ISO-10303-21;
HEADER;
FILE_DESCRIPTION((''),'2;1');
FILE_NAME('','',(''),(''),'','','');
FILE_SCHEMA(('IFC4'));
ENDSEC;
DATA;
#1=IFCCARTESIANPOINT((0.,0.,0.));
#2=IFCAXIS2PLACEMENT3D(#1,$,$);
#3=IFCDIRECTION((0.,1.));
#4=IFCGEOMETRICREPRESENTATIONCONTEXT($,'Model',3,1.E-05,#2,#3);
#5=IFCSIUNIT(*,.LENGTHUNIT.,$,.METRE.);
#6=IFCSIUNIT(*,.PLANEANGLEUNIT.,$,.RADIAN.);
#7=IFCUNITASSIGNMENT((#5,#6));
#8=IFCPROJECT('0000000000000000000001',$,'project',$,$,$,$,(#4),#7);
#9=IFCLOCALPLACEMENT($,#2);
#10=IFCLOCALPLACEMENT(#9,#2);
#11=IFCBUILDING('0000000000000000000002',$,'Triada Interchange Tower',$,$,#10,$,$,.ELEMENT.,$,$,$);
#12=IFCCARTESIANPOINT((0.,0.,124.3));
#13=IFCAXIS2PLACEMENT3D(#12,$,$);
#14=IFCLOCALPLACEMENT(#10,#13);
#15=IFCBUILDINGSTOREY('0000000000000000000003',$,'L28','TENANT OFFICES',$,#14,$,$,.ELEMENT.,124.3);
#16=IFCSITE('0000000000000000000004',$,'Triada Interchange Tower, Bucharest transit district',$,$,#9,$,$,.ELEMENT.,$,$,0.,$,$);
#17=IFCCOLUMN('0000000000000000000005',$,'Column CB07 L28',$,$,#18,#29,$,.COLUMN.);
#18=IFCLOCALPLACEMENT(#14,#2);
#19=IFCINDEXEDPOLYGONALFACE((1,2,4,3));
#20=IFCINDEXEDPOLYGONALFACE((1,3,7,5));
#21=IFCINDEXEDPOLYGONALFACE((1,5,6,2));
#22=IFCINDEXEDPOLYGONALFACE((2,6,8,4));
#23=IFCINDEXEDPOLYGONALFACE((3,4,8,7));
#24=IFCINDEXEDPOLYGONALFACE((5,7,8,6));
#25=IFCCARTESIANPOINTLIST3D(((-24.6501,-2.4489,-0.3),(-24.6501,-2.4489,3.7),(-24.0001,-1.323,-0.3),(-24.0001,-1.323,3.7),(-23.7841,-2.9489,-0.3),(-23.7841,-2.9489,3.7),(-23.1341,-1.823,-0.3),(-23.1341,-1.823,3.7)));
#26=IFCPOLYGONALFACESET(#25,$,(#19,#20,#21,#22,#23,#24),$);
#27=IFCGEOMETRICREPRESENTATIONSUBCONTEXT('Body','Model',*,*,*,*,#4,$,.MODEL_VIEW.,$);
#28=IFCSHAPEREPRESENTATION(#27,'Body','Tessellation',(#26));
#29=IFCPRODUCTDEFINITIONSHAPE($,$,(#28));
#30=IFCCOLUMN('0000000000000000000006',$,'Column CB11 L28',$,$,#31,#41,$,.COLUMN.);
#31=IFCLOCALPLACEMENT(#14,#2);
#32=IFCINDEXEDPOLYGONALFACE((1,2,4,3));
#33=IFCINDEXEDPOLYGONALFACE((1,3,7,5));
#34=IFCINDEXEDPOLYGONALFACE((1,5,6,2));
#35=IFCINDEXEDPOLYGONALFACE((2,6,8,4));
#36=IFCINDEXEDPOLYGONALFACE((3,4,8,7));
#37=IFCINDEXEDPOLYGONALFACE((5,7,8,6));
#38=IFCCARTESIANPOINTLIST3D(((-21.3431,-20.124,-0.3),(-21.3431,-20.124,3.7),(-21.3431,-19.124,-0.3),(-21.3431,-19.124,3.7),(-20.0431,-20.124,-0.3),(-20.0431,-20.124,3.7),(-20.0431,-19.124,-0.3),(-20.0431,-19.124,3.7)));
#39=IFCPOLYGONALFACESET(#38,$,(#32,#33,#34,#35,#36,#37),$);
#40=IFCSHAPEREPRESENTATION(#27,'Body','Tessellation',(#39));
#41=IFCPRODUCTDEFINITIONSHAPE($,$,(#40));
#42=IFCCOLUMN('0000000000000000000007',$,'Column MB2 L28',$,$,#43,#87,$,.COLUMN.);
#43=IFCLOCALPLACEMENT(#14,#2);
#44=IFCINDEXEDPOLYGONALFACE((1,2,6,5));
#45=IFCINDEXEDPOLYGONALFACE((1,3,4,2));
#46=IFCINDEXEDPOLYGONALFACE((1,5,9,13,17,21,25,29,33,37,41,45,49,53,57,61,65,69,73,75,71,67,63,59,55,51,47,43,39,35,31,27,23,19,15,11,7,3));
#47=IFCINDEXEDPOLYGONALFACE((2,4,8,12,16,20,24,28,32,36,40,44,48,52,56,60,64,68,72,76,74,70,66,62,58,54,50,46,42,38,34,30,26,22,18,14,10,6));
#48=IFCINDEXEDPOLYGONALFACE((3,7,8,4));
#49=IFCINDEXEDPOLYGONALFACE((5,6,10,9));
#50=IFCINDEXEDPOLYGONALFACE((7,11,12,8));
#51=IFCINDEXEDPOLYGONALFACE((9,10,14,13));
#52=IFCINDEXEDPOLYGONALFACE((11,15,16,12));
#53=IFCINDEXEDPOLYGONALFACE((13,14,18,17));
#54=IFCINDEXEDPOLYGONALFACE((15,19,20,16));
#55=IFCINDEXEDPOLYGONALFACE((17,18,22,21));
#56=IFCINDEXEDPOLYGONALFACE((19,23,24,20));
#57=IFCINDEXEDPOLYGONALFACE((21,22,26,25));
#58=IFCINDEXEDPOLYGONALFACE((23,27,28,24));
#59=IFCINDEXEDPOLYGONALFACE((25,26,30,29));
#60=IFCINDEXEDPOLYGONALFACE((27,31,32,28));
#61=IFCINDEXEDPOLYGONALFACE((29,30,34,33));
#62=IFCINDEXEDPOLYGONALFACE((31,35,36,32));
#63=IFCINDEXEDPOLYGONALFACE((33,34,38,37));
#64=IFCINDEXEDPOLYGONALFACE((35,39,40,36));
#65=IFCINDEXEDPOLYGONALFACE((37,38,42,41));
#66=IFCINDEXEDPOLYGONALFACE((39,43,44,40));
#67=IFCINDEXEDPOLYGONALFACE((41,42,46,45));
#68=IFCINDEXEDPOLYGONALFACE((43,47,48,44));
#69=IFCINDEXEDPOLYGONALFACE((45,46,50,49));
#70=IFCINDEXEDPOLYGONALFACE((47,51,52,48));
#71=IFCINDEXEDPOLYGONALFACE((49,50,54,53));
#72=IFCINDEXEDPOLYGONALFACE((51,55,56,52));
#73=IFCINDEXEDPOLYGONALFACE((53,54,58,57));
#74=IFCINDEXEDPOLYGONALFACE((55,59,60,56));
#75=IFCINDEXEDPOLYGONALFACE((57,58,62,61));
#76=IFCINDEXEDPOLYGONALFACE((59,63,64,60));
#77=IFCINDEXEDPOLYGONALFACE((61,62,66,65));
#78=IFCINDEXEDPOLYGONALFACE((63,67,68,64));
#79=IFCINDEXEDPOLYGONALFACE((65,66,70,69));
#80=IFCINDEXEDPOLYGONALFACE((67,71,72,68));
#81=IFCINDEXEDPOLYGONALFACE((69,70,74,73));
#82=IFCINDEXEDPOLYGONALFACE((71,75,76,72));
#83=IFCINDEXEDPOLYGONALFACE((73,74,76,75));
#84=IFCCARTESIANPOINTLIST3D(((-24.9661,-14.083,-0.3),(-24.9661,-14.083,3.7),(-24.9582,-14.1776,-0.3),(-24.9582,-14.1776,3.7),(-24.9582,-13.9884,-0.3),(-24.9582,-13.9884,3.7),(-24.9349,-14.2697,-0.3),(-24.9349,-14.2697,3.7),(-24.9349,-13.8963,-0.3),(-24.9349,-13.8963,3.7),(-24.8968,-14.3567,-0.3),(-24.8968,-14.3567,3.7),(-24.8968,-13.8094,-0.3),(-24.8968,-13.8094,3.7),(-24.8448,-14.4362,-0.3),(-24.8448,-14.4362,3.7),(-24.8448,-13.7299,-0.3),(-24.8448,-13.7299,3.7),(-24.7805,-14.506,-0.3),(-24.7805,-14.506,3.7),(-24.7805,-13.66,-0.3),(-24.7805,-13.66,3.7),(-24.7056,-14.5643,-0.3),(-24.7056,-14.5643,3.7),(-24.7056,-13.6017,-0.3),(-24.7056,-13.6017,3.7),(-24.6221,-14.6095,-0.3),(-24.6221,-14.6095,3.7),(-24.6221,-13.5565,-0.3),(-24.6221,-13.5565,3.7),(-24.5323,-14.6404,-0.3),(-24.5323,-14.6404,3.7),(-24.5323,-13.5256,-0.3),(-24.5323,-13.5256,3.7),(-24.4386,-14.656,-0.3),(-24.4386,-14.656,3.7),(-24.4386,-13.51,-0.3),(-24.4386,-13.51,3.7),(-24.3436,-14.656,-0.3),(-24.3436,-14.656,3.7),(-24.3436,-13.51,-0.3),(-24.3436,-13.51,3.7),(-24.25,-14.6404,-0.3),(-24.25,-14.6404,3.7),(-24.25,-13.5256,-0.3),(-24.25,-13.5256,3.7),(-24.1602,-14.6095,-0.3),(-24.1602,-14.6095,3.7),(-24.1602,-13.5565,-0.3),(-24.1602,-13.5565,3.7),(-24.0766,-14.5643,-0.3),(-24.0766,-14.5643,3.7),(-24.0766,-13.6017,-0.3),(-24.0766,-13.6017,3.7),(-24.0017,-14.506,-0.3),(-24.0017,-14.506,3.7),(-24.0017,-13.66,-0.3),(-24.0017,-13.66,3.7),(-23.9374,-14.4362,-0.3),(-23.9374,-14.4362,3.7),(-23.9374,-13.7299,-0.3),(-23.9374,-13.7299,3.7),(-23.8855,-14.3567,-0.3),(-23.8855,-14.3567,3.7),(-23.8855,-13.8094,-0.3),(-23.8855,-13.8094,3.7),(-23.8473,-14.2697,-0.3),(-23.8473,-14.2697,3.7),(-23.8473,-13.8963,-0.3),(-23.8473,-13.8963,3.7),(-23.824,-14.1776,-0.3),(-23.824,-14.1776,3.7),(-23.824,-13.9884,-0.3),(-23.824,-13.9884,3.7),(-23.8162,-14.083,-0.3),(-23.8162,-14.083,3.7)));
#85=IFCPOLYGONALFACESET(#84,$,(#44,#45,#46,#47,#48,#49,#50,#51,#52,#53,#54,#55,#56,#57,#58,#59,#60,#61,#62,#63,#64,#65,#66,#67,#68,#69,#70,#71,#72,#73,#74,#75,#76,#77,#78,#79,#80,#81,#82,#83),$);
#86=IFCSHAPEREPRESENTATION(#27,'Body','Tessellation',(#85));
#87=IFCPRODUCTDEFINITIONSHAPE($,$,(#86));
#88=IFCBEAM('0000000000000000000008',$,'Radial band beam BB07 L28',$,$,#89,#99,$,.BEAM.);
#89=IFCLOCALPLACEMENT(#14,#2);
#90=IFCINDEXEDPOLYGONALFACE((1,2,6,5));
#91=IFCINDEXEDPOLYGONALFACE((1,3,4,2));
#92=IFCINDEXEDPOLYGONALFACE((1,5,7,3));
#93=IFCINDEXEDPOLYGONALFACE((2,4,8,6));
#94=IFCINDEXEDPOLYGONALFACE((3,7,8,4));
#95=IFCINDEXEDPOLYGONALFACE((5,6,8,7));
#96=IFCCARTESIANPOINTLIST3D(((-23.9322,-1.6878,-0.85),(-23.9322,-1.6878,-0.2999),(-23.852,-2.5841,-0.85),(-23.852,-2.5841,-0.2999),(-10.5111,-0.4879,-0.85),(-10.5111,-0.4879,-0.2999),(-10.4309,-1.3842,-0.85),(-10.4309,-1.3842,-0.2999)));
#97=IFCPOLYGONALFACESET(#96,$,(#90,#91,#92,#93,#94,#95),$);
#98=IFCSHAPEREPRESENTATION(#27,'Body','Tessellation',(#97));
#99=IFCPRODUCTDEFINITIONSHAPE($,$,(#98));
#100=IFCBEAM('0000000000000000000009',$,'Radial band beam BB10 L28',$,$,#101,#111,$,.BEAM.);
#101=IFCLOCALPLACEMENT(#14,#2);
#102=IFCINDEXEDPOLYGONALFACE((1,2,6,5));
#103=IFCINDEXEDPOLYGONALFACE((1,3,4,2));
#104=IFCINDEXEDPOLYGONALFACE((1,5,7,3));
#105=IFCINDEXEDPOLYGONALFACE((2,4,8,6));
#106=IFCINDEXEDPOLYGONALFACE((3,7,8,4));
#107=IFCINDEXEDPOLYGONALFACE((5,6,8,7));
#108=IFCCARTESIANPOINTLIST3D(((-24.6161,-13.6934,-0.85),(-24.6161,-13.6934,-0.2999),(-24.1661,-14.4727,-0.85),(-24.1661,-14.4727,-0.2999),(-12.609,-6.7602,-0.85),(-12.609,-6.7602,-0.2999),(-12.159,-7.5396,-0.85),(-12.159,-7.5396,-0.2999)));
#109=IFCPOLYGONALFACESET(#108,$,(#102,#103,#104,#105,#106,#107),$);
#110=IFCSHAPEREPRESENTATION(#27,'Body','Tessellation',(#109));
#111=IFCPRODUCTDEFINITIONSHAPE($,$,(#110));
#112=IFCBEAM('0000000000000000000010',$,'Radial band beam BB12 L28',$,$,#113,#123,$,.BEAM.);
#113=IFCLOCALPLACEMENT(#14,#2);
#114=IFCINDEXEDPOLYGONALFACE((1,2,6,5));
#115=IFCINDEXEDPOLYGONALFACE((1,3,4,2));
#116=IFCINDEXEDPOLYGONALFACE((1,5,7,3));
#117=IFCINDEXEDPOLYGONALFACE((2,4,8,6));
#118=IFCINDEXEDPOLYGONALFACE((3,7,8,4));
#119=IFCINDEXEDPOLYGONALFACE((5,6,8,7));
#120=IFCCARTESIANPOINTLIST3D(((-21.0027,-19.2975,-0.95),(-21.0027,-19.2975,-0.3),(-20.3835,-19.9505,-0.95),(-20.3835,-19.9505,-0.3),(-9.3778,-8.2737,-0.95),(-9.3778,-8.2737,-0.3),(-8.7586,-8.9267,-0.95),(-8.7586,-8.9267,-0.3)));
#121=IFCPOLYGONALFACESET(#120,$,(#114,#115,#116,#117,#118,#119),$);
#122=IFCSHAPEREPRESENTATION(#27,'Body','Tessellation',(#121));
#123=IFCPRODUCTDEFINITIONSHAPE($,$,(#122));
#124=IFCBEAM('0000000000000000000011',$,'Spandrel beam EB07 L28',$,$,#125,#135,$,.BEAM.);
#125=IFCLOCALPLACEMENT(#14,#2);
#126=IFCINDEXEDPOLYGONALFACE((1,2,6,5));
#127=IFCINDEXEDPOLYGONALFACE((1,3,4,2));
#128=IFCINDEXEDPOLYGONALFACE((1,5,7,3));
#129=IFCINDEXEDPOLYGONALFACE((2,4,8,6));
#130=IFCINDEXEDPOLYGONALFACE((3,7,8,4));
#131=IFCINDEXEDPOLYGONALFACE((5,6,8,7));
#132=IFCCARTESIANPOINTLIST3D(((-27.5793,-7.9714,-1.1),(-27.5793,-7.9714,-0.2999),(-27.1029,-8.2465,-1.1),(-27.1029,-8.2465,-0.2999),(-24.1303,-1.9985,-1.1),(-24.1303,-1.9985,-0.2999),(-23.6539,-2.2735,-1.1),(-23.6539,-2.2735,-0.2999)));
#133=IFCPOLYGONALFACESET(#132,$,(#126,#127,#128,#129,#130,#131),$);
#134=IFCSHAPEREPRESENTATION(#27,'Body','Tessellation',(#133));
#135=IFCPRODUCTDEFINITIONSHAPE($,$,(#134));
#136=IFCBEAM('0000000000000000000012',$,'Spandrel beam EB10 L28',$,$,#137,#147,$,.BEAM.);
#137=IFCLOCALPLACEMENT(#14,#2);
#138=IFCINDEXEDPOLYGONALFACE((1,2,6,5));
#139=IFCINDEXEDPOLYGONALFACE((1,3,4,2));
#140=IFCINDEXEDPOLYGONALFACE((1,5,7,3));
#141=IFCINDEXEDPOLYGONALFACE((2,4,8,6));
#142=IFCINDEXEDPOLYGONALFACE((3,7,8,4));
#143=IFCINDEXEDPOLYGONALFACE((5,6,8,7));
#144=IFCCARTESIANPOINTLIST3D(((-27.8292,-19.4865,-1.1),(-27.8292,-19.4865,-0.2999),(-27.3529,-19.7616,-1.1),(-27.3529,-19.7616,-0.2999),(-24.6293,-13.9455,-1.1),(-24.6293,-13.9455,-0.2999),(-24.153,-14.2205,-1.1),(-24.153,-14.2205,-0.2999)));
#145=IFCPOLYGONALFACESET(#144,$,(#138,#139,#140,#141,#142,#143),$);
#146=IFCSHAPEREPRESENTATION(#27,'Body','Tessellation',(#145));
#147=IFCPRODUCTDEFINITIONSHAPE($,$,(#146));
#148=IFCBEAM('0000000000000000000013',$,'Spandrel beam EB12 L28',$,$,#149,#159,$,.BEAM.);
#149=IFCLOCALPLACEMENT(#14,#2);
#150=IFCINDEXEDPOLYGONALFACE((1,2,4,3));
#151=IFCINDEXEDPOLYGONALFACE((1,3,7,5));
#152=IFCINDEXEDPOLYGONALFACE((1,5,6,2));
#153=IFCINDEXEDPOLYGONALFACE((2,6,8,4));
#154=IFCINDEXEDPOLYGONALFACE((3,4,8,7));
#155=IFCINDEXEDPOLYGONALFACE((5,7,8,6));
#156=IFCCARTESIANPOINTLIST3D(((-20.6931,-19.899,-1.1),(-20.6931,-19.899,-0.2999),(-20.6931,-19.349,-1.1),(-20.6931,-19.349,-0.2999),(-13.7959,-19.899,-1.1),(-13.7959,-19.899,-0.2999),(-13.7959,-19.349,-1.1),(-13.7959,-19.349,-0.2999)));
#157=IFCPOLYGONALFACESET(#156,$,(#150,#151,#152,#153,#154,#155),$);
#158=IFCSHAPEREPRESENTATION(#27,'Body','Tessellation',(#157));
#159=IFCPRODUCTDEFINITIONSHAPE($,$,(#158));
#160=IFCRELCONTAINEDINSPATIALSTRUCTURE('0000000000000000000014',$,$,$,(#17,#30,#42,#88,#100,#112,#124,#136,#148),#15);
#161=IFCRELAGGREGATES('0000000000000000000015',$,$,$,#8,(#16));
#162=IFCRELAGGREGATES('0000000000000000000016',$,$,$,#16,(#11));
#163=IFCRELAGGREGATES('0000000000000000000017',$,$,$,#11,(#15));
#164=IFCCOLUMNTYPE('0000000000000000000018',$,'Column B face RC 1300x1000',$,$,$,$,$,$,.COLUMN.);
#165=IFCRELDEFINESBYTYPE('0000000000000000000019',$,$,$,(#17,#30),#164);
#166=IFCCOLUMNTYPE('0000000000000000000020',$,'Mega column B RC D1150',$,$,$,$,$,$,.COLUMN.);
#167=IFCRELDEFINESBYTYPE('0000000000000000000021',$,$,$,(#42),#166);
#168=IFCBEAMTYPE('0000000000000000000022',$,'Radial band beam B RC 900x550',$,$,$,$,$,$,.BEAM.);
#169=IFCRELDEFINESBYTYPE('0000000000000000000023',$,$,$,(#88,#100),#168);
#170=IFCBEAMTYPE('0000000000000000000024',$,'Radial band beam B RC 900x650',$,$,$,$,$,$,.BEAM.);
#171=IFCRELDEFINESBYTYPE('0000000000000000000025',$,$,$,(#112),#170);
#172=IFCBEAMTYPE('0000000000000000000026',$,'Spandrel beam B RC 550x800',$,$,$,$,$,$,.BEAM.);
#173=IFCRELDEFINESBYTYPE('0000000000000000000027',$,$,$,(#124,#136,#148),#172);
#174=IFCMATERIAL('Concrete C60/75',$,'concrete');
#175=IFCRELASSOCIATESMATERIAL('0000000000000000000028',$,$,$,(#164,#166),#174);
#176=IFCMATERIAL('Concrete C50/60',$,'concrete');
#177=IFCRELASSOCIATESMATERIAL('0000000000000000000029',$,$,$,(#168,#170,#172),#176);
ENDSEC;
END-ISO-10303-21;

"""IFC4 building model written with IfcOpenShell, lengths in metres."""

from ifc_helpers import new_model, si_unit, direction, frame, origin, origin_2d, place, context, subcontext, project, spatial, rectangle, circle, extrude, material, material_profile, profile_set, type_object, element, save


model = new_model("IFC4")

# Units and contexts
model_context = context("Model", 3, precision=1e-05, world=origin(), true_north=direction((0.0, 1.0)))
body_context = subcontext(model_context, "Body", "Model", "MODEL_VIEW")
ifc_project = project(units=[si_unit("LENGTHUNIT", "METRE"), si_unit("PLANEANGLEUNIT", "RADIAN")], contexts=[model_context])

# Site, building, storey
site_placement = place(None, origin())
site = spatial("IfcSite", under=ifc_project, at=site_placement, Name="Triada Interchange Tower, Bucharest transit district", CompositionType="ELEMENT", RefElevation=0.0)
building_placement = place(site_placement, origin())
building = spatial("IfcBuilding", under=site, at=building_placement, Name="Triada Interchange Tower", CompositionType="ELEMENT")
storey_placement = place(building_placement, frame((0.0, 0.0, 124.3)))
storey = spatial("IfcBuildingStorey", under=building, at=storey_placement, Name="L28", Description="TENANT OFFICES", CompositionType="ELEMENT", Elevation=124.3)

# Columns
ifc_material_1 = material(Name="Concrete C60/75", Category="concrete")
ifc_material_profile_1 = material_profile(ifc_material_1, rectangle(XDim=1.3, YDim=1.0, at=origin_2d()), Name="RC 1300x1000")
ifc_profile_set_1 = profile_set([ifc_material_profile_1], Name="Concrete C60/75")
column_type_1 = type_object("IfcColumnType", Name="Column B face RC 1300x1000", PredefinedType="COLUMN", material=ifc_profile_set_1)
for number, where, z_axis, x_axis, name in (
    (1, (-23.8921, -2.136, -0.3), (0.0, 0.0, 1.0), (0.5, 0.866025, 0.0), "Column CB07 L28"),
    (2, (-20.6931, -19.624, -0.3), (0.0, 0.0, 1.0), (1.0, 0.0, 0.0), "Column CB11 L28"),
):
    element("IfcColumn", number, at=place(storey_placement, frame(where, z_axis=z_axis, x_axis=x_axis)), inside=storey, type_object=column_type_1, Name=name, PredefinedType="COLUMN", context=body_context, shape_type="SweptSolid", body=[
        extrude(rectangle(XDim=1.3, YDim=1.0, at=origin_2d()), origin(), (0.0, 0.0, 1.0), 4.0),
    ])
ifc_material_profile_2 = material_profile(ifc_material_1, circle(Radius=0.575, at=origin_2d()), Name="RC D1150")
ifc_profile_set_2 = profile_set([ifc_material_profile_2], Name="Concrete C60/75")
column_type_2 = type_object("IfcColumnType", Name="Mega column B RC D1150", PredefinedType="COLUMN", material=ifc_profile_set_2)
column_placement = place(storey_placement, frame((-24.3911, -14.083, -0.3), z_axis=(0.0, 0.0, 1.0), x_axis=(1.0, 0.0, 0.0)))
element("IfcColumn", 3, at=column_placement, inside=storey, type_object=column_type_2, Name="Column MB2 L28", PredefinedType="COLUMN", context=body_context, shape_type="SweptSolid", body=[
    extrude(circle(Radius=0.575, at=origin_2d()), origin(), (0.0, 0.0, 1.0), 4.0),
])

# Beams
ifc_material_2 = material(Name="Concrete C50/60", Category="concrete")
ifc_material_profile_3 = material_profile(ifc_material_2, rectangle(XDim=0.8999, YDim=0.55, at=origin_2d()), Name="RC 900x550")
ifc_profile_set_3 = profile_set([ifc_material_profile_3], Name="Concrete C50/60")
beam_type_1 = type_object("IfcBeamType", Name="Radial band beam B RC 900x550", PredefinedType="BEAM", material=ifc_profile_set_3)
beam_1_placement = place(storey_placement, frame((-23.8921, -2.136, -0.575), z_axis=(0.996027, 0.089052, 0.0), x_axis=(-0.089052, 0.996027, 0.0)))
element("IfcBeam", 4, at=beam_1_placement, inside=storey, type_object=beam_type_1, Name="Radial band beam BB07 L28", PredefinedType="BEAM", context=body_context, shape_type="SweptSolid", body=[
    extrude(rectangle(XDim=0.8999, YDim=0.55, at=origin_2d()), origin(), (0.0, 0.0, 1.0), 13.4746),
])
beam_2_placement = place(storey_placement, frame((-24.3911, -14.083, -0.575), z_axis=(0.866, 0.500044, 0.0), x_axis=(-0.500044, 0.866, 0.0)))
element("IfcBeam", 5, at=beam_2_placement, inside=storey, type_object=beam_type_1, Name="Radial band beam BB10 L28", PredefinedType="BEAM", context=body_context, shape_type="SweptSolid", body=[
    extrude(rectangle(XDim=0.8999, YDim=0.55, at=origin_2d()), origin(), (0.0, 0.0, 1.0), 13.865),
])
ifc_material_profile_4 = material_profile(ifc_material_2, rectangle(XDim=0.8999, YDim=0.6499, at=origin_2d()), Name="RC 900x650")
ifc_profile_set_4 = profile_set([ifc_material_profile_4], Name="Concrete C50/60")
beam_type_2 = type_object("IfcBeamType", Name="Radial band beam B RC 900x650", PredefinedType="BEAM", material=ifc_profile_set_4)
beam_3_placement = place(storey_placement, frame((-20.6931, -19.624, -0.625), z_axis=(0.725617, 0.688099, 0.0), x_axis=(-0.688099, 0.725617, 0.0)))
element("IfcBeam", 6, at=beam_3_placement, inside=storey, type_object=beam_type_2, Name="Radial band beam BB12 L28", PredefinedType="BEAM", context=body_context, shape_type="SweptSolid", body=[
    extrude(rectangle(XDim=0.8999, YDim=0.6499, at=origin_2d()), origin(), (0.0, 0.0, 1.0), 16.0208),
])
ifc_material_profile_5 = material_profile(ifc_material_2, rectangle(XDim=0.55, YDim=0.8, at=origin_2d()), Name="RC 550x800")
ifc_profile_set_5 = profile_set([ifc_material_profile_5], Name="Concrete C50/60")
beam_type_3 = type_object("IfcBeamType", Name="Spandrel beam B RC 550x800", PredefinedType="BEAM", material=ifc_profile_set_5)
beam_4_placement = place(storey_placement, frame((-23.8921, -2.136, -0.7), z_axis=(-0.500056, -0.865993, 0.0), x_axis=(0.865993, -0.500056, 0.0)))
element("IfcBeam", 7, at=beam_4_placement, inside=storey, type_object=beam_type_3, Name="Spandrel beam EB07 L28", PredefinedType="BEAM", context=body_context, shape_type="SweptSolid", body=[
    extrude(rectangle(XDim=0.55, YDim=0.8, at=origin_2d()), origin(), (0.0, 0.0, 1.0), 6.8972),
])
beam_5_placement = place(storey_placement, frame((-24.3911, -14.083, -0.7), z_axis=(-0.500099, -0.865968, 0.0), x_axis=(0.865968, -0.500099, 0.0)))
element("IfcBeam", 8, at=beam_5_placement, inside=storey, type_object=beam_type_3, Name="Spandrel beam EB10 L28", PredefinedType="BEAM", context=body_context, shape_type="SweptSolid", body=[
    extrude(rectangle(XDim=0.55, YDim=0.8, at=origin_2d()), origin(), (0.0, 0.0, 1.0), 6.3987),
])
beam_6_placement = place(storey_placement, frame((-20.6931, -19.624, -0.7), z_axis=(1.0, 0.0, 0.0), x_axis=(0.0, 1.0, 0.0)))
element("IfcBeam", 9, at=beam_6_placement, inside=storey, type_object=beam_type_3, Name="Spandrel beam EB12 L28", PredefinedType="BEAM", context=body_context, shape_type="SweptSolid", body=[
    extrude(rectangle(XDim=0.55, YDim=0.8, at=origin_2d()), origin(), (0.0, 0.0, 1.0), 6.8972),
])

save(model, "model.ifc")
